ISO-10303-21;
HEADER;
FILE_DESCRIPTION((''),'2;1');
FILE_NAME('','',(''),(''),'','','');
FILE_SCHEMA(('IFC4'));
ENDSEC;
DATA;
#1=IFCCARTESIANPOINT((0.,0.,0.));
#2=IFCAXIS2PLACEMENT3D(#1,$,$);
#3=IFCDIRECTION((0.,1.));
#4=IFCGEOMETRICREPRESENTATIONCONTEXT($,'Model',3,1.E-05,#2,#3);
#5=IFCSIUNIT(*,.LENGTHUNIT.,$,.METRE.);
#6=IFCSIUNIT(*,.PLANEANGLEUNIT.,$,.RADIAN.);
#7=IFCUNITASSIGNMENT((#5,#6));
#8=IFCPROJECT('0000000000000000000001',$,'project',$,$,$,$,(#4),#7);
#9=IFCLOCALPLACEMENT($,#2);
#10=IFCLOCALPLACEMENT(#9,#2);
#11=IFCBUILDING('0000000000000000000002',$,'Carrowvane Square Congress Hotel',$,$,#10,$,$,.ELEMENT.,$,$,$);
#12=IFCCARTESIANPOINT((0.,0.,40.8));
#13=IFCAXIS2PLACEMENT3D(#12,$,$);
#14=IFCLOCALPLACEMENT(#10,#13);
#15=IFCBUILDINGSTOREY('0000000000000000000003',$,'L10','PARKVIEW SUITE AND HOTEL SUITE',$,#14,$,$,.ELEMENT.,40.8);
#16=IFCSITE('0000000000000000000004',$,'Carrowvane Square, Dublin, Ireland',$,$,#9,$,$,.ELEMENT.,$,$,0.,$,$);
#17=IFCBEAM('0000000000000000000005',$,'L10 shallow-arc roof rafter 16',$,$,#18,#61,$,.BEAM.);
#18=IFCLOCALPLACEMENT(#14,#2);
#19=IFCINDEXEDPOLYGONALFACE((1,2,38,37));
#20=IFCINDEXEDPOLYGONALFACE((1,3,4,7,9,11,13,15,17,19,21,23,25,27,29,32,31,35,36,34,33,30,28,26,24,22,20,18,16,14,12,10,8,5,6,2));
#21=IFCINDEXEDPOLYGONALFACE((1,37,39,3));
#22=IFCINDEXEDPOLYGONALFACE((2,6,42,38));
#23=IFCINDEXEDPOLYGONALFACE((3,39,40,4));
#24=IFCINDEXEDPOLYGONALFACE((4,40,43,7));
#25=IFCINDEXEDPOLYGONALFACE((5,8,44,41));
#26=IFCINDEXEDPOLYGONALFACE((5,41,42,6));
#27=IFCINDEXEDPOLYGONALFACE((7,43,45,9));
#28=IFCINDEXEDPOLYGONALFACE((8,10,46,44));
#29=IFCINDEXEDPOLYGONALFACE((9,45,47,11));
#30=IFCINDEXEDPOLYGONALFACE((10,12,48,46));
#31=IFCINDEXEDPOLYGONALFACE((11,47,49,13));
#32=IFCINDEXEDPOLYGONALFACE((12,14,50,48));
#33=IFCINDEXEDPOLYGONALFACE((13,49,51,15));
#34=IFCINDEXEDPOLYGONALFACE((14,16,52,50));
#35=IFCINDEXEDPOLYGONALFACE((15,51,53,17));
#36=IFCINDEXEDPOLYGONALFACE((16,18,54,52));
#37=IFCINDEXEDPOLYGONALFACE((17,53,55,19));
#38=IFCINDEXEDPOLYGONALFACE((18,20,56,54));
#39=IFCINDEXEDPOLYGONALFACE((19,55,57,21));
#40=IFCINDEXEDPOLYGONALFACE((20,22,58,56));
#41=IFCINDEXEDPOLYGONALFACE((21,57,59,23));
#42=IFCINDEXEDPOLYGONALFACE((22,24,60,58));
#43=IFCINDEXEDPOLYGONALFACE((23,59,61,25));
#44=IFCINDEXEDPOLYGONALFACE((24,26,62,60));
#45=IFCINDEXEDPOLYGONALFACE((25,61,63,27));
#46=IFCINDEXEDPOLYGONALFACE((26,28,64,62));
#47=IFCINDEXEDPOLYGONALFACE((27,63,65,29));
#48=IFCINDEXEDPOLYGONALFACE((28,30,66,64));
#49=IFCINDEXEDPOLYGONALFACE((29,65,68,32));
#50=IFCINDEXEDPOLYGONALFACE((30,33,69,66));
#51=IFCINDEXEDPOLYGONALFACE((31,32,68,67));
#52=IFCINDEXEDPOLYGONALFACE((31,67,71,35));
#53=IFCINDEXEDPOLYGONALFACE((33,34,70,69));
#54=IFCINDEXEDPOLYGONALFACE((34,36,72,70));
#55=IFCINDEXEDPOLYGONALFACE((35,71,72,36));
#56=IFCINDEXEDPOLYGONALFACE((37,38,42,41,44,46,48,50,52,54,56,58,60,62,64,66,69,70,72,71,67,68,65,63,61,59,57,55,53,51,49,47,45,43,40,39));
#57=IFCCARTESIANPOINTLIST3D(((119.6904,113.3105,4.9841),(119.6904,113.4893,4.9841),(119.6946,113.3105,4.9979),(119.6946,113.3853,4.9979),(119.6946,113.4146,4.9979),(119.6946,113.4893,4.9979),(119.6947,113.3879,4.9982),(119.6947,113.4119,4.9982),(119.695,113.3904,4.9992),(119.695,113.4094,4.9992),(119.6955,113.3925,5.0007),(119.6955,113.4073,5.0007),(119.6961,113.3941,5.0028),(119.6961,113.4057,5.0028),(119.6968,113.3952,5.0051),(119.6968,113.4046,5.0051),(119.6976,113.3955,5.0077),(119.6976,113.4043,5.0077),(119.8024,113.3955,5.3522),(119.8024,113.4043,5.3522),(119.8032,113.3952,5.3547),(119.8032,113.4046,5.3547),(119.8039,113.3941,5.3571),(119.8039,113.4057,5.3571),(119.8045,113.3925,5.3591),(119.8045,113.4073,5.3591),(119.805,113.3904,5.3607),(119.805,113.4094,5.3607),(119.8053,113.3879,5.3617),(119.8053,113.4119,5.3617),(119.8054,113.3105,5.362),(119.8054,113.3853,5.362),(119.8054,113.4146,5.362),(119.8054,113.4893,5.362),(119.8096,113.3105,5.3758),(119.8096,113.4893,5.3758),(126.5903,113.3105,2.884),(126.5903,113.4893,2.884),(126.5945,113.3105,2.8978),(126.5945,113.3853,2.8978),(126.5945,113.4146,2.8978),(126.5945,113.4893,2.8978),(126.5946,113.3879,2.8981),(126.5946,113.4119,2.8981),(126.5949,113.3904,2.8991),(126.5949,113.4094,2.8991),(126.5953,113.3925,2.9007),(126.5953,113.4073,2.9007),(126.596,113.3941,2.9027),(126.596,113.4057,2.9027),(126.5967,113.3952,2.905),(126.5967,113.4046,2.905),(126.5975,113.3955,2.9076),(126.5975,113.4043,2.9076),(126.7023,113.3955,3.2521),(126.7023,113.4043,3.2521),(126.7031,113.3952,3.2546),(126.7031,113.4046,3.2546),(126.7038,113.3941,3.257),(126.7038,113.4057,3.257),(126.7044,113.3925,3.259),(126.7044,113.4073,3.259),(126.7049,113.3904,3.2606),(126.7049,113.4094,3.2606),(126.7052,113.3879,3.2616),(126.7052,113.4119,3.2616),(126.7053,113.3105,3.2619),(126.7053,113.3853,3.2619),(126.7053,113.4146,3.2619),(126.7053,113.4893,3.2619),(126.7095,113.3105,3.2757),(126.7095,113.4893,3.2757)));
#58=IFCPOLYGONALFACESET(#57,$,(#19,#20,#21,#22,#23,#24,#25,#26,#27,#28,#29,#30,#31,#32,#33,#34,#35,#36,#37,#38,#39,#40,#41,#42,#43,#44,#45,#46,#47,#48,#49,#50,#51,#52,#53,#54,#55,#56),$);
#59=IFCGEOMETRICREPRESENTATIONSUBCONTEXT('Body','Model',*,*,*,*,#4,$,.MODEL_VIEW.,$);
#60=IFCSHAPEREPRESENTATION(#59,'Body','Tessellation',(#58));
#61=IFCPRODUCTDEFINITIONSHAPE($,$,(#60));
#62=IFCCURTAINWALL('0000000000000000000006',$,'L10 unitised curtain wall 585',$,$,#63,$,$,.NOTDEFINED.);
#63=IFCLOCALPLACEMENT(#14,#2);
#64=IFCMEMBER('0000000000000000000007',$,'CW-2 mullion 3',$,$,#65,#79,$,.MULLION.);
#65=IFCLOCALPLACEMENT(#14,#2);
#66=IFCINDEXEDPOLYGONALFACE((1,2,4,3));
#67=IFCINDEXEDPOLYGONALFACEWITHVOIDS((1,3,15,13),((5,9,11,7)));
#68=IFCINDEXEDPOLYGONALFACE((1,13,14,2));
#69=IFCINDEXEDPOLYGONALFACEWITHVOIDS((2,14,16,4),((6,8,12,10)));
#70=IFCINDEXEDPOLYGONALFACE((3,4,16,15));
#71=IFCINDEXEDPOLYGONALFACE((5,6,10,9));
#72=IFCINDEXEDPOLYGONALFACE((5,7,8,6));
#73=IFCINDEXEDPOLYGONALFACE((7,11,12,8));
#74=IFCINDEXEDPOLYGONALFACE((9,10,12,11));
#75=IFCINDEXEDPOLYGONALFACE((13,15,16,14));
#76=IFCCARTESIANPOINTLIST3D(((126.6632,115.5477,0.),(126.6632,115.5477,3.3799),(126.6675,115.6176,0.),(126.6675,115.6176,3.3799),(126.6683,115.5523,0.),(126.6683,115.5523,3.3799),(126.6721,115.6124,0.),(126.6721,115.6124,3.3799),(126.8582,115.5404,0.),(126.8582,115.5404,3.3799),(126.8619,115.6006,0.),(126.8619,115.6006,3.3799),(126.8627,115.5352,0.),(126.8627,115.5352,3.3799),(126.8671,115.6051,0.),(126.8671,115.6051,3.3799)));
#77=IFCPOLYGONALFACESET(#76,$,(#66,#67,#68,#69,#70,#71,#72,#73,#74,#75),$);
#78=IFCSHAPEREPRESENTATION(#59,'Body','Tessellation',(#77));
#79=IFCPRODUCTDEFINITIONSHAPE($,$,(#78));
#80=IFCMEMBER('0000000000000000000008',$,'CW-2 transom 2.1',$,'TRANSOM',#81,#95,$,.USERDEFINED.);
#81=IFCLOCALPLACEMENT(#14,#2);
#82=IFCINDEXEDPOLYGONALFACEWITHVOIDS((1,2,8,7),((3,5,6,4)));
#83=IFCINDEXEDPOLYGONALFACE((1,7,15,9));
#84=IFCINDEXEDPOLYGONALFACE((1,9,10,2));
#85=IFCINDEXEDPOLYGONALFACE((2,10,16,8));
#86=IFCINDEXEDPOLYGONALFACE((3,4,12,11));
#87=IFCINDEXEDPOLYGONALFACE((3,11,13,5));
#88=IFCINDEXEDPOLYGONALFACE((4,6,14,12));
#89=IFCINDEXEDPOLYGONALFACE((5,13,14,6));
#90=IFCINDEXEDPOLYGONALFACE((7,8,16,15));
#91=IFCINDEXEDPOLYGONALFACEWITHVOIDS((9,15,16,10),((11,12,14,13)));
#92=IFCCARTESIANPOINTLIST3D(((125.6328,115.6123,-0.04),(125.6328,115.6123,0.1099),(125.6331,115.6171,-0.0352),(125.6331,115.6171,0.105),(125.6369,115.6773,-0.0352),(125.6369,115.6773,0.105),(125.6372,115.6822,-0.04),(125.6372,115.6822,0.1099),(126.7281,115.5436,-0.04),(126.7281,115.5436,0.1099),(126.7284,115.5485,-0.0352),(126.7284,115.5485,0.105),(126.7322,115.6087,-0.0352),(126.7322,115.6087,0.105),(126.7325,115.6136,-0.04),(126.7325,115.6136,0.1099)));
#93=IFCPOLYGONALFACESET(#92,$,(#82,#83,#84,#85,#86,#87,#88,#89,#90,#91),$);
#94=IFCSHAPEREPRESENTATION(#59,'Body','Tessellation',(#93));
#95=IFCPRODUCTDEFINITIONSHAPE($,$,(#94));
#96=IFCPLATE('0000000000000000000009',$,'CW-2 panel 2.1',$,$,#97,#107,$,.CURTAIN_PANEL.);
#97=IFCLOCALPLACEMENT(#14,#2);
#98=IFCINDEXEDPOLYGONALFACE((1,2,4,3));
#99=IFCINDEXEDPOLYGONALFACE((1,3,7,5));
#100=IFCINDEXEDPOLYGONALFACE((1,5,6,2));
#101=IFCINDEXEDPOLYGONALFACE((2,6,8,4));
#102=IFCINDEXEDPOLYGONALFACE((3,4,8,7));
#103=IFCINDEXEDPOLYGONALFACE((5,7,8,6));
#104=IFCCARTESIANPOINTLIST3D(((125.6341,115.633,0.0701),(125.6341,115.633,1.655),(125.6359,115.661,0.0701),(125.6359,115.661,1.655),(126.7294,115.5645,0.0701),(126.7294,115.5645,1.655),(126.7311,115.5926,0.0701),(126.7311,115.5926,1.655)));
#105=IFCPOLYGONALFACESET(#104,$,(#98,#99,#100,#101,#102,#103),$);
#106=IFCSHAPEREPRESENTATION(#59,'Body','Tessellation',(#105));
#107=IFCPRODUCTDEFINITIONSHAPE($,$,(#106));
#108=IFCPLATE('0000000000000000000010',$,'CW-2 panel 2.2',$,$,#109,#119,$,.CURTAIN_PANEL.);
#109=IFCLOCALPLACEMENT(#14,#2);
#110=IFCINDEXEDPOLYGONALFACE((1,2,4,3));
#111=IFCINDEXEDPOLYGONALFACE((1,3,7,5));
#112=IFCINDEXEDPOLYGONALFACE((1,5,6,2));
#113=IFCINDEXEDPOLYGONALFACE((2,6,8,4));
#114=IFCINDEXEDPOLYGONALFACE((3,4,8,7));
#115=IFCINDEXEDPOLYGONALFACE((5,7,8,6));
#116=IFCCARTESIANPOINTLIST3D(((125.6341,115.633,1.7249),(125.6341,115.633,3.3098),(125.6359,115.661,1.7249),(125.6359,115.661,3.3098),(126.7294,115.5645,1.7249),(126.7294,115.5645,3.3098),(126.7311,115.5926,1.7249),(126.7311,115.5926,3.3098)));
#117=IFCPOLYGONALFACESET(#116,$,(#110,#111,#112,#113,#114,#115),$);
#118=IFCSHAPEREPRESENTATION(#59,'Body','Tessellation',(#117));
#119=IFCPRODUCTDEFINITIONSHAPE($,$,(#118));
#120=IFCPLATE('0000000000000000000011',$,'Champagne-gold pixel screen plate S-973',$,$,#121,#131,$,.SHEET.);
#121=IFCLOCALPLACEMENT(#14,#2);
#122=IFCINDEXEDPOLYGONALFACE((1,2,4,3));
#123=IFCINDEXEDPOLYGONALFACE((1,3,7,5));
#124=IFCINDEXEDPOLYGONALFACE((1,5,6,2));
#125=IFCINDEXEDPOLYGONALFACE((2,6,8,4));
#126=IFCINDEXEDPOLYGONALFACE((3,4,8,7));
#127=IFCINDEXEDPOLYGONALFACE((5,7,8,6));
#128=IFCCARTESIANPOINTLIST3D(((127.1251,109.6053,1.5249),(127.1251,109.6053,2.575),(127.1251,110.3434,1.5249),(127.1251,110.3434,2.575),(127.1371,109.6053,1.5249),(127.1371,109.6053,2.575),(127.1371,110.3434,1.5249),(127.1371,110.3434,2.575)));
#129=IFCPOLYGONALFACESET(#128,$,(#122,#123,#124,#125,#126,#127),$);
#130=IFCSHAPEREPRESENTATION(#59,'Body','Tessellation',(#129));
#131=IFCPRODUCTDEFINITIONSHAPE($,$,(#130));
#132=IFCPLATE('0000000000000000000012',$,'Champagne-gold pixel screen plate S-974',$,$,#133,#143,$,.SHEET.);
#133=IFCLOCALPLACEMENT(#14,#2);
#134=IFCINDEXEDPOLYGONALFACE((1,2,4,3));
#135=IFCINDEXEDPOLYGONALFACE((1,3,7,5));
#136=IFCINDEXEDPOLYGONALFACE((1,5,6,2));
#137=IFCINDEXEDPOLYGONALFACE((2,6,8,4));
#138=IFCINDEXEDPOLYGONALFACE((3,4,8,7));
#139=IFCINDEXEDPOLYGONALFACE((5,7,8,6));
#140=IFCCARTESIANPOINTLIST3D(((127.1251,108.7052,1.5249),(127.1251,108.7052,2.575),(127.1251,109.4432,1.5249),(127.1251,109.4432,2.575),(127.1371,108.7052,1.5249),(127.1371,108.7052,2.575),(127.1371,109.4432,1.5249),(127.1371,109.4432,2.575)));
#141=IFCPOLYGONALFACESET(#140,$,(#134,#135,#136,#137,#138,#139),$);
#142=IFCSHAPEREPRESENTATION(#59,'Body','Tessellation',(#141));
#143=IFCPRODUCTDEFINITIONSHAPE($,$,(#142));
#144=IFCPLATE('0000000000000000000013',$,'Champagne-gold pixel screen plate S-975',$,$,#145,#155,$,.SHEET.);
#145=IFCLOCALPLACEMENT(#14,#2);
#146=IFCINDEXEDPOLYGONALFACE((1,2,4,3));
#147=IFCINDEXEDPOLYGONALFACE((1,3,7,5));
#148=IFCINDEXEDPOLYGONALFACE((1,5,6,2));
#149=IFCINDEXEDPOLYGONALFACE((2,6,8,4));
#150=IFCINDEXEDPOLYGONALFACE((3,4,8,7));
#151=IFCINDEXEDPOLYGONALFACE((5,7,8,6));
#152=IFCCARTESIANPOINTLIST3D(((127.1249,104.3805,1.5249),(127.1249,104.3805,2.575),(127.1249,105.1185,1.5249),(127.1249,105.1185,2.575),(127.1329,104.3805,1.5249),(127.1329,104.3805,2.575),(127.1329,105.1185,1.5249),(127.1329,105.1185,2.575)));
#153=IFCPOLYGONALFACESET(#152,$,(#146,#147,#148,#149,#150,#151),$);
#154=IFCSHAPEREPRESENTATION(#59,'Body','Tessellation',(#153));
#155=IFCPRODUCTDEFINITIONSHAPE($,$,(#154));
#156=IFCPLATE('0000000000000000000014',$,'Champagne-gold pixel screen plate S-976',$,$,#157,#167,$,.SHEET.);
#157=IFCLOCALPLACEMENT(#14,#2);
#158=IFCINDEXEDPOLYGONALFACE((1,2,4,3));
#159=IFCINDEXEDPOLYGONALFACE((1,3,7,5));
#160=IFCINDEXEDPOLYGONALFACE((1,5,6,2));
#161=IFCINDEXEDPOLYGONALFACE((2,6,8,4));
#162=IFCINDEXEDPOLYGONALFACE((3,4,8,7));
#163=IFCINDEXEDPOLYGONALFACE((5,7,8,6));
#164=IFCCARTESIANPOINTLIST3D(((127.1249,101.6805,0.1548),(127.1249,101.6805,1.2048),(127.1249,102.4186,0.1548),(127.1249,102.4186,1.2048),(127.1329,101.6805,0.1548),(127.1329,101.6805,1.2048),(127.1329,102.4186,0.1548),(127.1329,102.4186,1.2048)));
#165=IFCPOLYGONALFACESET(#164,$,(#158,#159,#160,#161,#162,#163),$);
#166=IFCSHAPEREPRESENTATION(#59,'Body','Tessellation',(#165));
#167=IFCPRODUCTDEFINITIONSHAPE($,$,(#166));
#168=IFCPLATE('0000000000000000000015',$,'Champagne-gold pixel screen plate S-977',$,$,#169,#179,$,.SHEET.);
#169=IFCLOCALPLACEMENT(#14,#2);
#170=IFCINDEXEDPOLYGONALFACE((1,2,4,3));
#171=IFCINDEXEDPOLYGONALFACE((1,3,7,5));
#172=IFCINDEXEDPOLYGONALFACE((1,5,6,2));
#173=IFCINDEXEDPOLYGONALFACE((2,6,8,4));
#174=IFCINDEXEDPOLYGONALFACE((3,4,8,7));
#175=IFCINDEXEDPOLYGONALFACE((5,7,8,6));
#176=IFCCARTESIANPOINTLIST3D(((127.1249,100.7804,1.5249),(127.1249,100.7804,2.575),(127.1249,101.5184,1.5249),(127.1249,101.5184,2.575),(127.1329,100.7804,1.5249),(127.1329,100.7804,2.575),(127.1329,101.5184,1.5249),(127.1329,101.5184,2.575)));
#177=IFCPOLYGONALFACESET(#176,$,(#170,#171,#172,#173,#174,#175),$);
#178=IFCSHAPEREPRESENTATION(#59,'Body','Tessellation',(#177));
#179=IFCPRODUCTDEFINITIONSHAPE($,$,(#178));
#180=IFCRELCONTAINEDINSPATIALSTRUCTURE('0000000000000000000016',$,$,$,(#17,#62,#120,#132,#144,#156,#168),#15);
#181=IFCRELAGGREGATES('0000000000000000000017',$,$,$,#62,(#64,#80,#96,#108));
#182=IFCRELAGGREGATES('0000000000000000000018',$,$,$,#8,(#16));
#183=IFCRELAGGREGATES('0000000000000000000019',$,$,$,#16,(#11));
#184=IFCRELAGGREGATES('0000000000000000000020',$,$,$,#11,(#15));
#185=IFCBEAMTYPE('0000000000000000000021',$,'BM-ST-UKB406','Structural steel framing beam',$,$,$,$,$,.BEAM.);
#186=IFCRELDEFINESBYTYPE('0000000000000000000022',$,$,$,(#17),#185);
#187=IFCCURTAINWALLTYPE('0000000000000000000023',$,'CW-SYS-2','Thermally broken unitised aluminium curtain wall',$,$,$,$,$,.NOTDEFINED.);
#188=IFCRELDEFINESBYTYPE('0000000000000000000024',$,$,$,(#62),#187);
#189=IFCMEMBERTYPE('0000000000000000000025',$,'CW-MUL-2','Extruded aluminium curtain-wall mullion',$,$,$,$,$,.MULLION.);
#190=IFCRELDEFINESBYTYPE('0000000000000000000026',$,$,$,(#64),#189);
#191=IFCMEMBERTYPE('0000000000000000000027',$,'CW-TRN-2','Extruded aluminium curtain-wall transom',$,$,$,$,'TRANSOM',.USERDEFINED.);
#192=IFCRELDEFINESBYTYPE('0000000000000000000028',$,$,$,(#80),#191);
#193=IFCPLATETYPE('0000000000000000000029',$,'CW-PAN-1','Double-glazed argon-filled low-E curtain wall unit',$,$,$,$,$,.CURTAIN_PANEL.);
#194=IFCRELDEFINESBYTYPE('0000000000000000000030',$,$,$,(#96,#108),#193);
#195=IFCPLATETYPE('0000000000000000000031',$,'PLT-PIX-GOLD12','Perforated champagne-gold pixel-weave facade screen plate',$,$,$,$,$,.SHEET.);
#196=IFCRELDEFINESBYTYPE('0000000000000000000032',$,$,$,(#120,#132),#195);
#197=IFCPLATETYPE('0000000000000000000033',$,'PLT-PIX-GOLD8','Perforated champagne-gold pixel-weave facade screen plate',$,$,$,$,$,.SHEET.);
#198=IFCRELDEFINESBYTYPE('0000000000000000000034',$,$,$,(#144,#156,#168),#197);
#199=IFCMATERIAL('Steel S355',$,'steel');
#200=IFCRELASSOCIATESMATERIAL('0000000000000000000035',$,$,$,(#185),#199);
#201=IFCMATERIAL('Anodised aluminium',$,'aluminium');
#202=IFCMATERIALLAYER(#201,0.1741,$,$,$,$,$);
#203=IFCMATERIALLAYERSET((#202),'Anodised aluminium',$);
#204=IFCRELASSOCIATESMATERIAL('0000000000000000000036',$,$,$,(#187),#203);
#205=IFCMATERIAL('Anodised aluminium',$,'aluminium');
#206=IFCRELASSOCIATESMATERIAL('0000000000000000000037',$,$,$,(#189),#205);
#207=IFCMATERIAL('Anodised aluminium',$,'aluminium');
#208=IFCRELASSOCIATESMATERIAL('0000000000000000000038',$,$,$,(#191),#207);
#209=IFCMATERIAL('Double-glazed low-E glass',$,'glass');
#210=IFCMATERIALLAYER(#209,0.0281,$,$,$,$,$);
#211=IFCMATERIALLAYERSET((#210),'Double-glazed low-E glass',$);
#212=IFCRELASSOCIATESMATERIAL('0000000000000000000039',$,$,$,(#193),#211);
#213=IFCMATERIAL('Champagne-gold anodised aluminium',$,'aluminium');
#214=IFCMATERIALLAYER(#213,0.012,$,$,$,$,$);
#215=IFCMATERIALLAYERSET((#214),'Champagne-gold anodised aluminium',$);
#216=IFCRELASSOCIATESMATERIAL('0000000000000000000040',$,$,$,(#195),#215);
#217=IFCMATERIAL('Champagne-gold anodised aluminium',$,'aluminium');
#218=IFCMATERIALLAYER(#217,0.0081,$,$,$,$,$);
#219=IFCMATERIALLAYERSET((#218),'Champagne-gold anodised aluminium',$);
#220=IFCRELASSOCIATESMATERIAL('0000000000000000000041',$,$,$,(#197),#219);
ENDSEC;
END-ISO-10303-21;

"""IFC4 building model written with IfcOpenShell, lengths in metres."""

from ifc_helpers import new_model, si_unit, direction, frame, origin, origin_2d, place, context, subcontext, project, spatial, rectangle, hollow_rectangle, i_section, extrude, material, layer, layer_set, material_profile, profile_set, type_object, element, aggregate, save


model = new_model("IFC4")

# Units and contexts
model_context = context("Model", 3, precision=1e-05, world=origin(), true_north=direction((0.0, 1.0)))
body_context = subcontext(model_context, "Body", "Model", "MODEL_VIEW")
ifc_project = project(units=[si_unit("LENGTHUNIT", "METRE"), si_unit("PLANEANGLEUNIT", "RADIAN")], contexts=[model_context])

# Site, building, storey
site_placement = place(None, origin())
site = spatial("IfcSite", under=ifc_project, at=site_placement, Name="Carrowvane Square, Dublin, Ireland", CompositionType="ELEMENT", RefElevation=0.0)
building_placement = place(site_placement, origin())
building = spatial("IfcBuilding", under=site, at=building_placement, Name="Carrowvane Square Congress Hotel", CompositionType="ELEMENT")
storey_placement = place(building_placement, frame((0.0, 0.0, 40.8)))
storey = spatial("IfcBuildingStorey", under=building, at=storey_placement, Name="L10", Description="PARKVIEW SUITE AND HOTEL SUITE", CompositionType="ELEMENT", Elevation=40.8)

# Beam
ifc_material_1 = material(Name="Steel S355", Category="steel")
ifc_material_profile_1 = material_profile(ifc_material_1, i_section(OverallWidth=0.1787, OverallDepth=0.4094, WebThickness=0.0088, FlangeThickness=0.0144, FilletRadius=0.0103, at=origin_2d()), Name="UKB 406x178x67")
ifc_profile_set_1 = profile_set([ifc_material_profile_1], Name="Steel S355")
beam_type_1 = type_object("IfcBeamType", Name="BM-ST-UKB406", Description="Structural steel framing beam", PredefinedType="BEAM", material=ifc_profile_set_1)
for number, where, z_axis, x_axis, name in (
    (1, (119.75, 113.3999, 5.1799), (0.956669, 0.0, -0.291178), (0.0, 1.0, 0.0), "L10 shallow-arc roof rafter 16"),
):
    element("IfcBeam", number, at=place(storey_placement, frame(where, z_axis=z_axis, x_axis=x_axis)), inside=storey, type_object=beam_type_1, Name=name, PredefinedType="BEAM", context=body_context, shape_type="SweptSolid", body=[
        extrude(i_section(OverallWidth=0.1787, OverallDepth=0.4094, WebThickness=0.0088, FlangeThickness=0.0144, FilletRadius=0.0103, at=origin_2d()), origin(), (0.0, 0.0, 1.0), 7.2124),
    ])

# Curtain wall, members, plates
ifc_material_2 = material(Name="Anodised aluminium", Category="aluminium")
ifc_layer_1 = layer(ifc_material_2, 0.1741)
ifc_layer_set_1 = layer_set([ifc_layer_1], Name="Anodised aluminium")
curtain_wall_type = type_object("IfcCurtainWallType", Name="CW-SYS-2", Description="Thermally broken unitised aluminium curtain wall", PredefinedType="NOTDEFINED", material=ifc_layer_set_1)
curtain_wall_placement = place(storey_placement, origin())
curtain_wall = element("IfcCurtainWall", 2, at=curtain_wall_placement, inside=storey, type_object=curtain_wall_type, Name="L10 unitised curtain wall 585", PredefinedType="NOTDEFINED")
ifc_material_3 = material(Name="Anodised aluminium", Category="aluminium")
ifc_material_profile_2 = material_profile(ifc_material_3, hollow_rectangle(XDim=0.0701, YDim=0.2, WallThickness=0.0049, at=origin_2d()), Name="CW-ML 70x200x5")
ifc_profile_set_2 = profile_set([ifc_material_profile_2], Name="Anodised aluminium")
member_type_1 = type_object("IfcMemberType", Name="CW-MUL-2", Description="Extruded aluminium curtain-wall mullion", PredefinedType="MULLION", material=ifc_profile_set_2)
member_1_placement = place(storey_placement, frame((126.7651, 115.5764, 0.0), z_axis=(0.0, 0.0, 1.0), x_axis=(0.062399, 0.998051, 0.0)))
member_1 = element("IfcMember", 3, at=member_1_placement, type_object=member_type_1, Name="CW-2 mullion 3", PredefinedType="MULLION", context=body_context, shape_type="SweptSolid", body=[
    extrude(hollow_rectangle(XDim=0.0701, YDim=0.2, WallThickness=0.0049, at=origin_2d()), origin(), (0.0, 0.0, 1.0), 3.3799),
])
ifc_material_4 = material(Name="Anodised aluminium", Category="aluminium")
ifc_material_profile_3 = material_profile(ifc_material_4, hollow_rectangle(XDim=0.0701, YDim=0.1499, WallThickness=0.0049, at=origin_2d()), Name="CW-TR 70x150x5")
ifc_profile_set_3 = profile_set([ifc_material_profile_3], Name="Anodised aluminium")
member_type_2 = type_object("IfcMemberType", Name="CW-TRN-2", Description="Extruded aluminium curtain-wall transom", ElementType="TRANSOM", PredefinedType="USERDEFINED", material=ifc_profile_set_3)
member_2_placement = place(storey_placement, frame((125.635, 115.6472, 0.0349), z_axis=(0.998044, -0.062517, 0.0), x_axis=(0.062517, 0.998044, 0.0)))
member_2 = element("IfcMember", 4, at=member_2_placement, type_object=member_type_2, Name="CW-2 transom 2.1", ObjectType="TRANSOM", PredefinedType="USERDEFINED", context=body_context, shape_type="SweptSolid", body=[
    extrude(hollow_rectangle(XDim=0.0701, YDim=0.1499, WallThickness=0.0049, at=origin_2d()), origin(), (0.0, 0.0, 1.0), 1.0974),
])
ifc_material_5 = material(Name="Double-glazed low-E glass", Category="glass")
ifc_layer_2 = layer(ifc_material_5, 0.0281)
ifc_layer_set_2 = layer_set([ifc_layer_2], Name="Double-glazed low-E glass")
plate_type_1 = type_object("IfcPlateType", Name="CW-PAN-1", Description="Double-glazed argon-filled low-E curtain wall unit", PredefinedType="CURTAIN_PANEL", material=ifc_layer_set_2)
plate_1_placement = place(storey_placement, frame((126.1826, 115.6128, 0.0701), z_axis=(0.0, 0.0, 1.0), x_axis=(0.998051, -0.062399, 0.0)))
plate_1 = element("IfcPlate", 5, at=plate_1_placement, type_object=plate_type_1, Name="CW-2 panel 2.1", PredefinedType="CURTAIN_PANEL", context=body_context, shape_type="SweptSolid", body=[
    extrude(rectangle(XDim=1.0974, YDim=0.0281, at=origin_2d()), origin(), (0.0, 0.0, 1.0), 1.585),
])
plate_2_placement = place(storey_placement, frame((126.1826, 115.6128, 1.7249), z_axis=(0.0, 0.0, 1.0), x_axis=(0.998051, -0.062399, 0.0)))
plate_2 = element("IfcPlate", 6, at=plate_2_placement, type_object=plate_type_1, Name="CW-2 panel 2.2", PredefinedType="CURTAIN_PANEL", context=body_context, shape_type="SweptSolid", body=[
    extrude(rectangle(XDim=1.0974, YDim=0.0281, at=origin_2d()), origin(), (0.0, 0.0, 1.0), 1.585),
])
aggregate(curtain_wall, [member_1, member_2, plate_1, plate_2])

# Plates
ifc_material_6 = material(Name="Champagne-gold anodised aluminium", Category="aluminium")
ifc_layer_3 = layer(ifc_material_6, 0.012)
ifc_layer_set_3 = layer_set([ifc_layer_3], Name="Champagne-gold anodised aluminium")
plate_type_2 = type_object("IfcPlateType", Name="PLT-PIX-GOLD12", Description="Perforated champagne-gold pixel-weave facade screen plate", PredefinedType="SHEET", material=ifc_layer_set_3)
for number, where, z_axis, x_axis, name in (
    (7, (127.1311, 109.9744, 1.5249), (0.0, 0.0, 1.0), (0.0, -1.0, 0.0), "Champagne-gold pixel screen plate S-973"),
    (8, (127.1311, 109.0742, 1.5249), (0.0, 0.0, 1.0), (0.0, -1.0, 0.0), "Champagne-gold pixel screen plate S-974"),
):
    element("IfcPlate", number, at=place(storey_placement, frame(where, z_axis=z_axis, x_axis=x_axis)), inside=storey, type_object=plate_type_2, Name=name, PredefinedType="SHEET", context=body_context, shape_type="SweptSolid", body=[
        extrude(rectangle(XDim=0.738, YDim=0.012, at=origin_2d()), origin(), (0.0, 0.0, 1.0), 1.05),
    ])
ifc_material_7 = material(Name="Champagne-gold anodised aluminium", Category="aluminium")
ifc_layer_4 = layer(ifc_material_7, 0.0081)
ifc_layer_set_4 = layer_set([ifc_layer_4], Name="Champagne-gold anodised aluminium")
plate_type_3 = type_object("IfcPlateType", Name="PLT-PIX-GOLD8", Description="Perforated champagne-gold pixel-weave facade screen plate", PredefinedType="SHEET", material=ifc_layer_set_4)
for number, where, z_axis, x_axis, name in (
    (9, (127.1289, 104.7495, 1.5249), (0.0, 0.0, 1.0), (0.0, -1.0, 0.0), "Champagne-gold pixel screen plate S-975"),
    (10, (127.1289, 102.0496, 0.1548), (0.0, 0.0, 1.0), (0.0, -1.0, 0.0), "Champagne-gold pixel screen plate S-976"),
    (11, (127.1289, 101.1494, 1.5249), (0.0, 0.0, 1.0), (0.0, -1.0, 0.0), "Champagne-gold pixel screen plate S-977"),
):
    element("IfcPlate", number, at=place(storey_placement, frame(where, z_axis=z_axis, x_axis=x_axis)), inside=storey, type_object=plate_type_3, Name=name, PredefinedType="SHEET", context=body_context, shape_type="SweptSolid", body=[
        extrude(rectangle(XDim=0.738, YDim=0.0081, at=origin_2d()), origin(), (0.0, 0.0, 1.0), 1.05),
    ])

save(model, "model.ifc")
